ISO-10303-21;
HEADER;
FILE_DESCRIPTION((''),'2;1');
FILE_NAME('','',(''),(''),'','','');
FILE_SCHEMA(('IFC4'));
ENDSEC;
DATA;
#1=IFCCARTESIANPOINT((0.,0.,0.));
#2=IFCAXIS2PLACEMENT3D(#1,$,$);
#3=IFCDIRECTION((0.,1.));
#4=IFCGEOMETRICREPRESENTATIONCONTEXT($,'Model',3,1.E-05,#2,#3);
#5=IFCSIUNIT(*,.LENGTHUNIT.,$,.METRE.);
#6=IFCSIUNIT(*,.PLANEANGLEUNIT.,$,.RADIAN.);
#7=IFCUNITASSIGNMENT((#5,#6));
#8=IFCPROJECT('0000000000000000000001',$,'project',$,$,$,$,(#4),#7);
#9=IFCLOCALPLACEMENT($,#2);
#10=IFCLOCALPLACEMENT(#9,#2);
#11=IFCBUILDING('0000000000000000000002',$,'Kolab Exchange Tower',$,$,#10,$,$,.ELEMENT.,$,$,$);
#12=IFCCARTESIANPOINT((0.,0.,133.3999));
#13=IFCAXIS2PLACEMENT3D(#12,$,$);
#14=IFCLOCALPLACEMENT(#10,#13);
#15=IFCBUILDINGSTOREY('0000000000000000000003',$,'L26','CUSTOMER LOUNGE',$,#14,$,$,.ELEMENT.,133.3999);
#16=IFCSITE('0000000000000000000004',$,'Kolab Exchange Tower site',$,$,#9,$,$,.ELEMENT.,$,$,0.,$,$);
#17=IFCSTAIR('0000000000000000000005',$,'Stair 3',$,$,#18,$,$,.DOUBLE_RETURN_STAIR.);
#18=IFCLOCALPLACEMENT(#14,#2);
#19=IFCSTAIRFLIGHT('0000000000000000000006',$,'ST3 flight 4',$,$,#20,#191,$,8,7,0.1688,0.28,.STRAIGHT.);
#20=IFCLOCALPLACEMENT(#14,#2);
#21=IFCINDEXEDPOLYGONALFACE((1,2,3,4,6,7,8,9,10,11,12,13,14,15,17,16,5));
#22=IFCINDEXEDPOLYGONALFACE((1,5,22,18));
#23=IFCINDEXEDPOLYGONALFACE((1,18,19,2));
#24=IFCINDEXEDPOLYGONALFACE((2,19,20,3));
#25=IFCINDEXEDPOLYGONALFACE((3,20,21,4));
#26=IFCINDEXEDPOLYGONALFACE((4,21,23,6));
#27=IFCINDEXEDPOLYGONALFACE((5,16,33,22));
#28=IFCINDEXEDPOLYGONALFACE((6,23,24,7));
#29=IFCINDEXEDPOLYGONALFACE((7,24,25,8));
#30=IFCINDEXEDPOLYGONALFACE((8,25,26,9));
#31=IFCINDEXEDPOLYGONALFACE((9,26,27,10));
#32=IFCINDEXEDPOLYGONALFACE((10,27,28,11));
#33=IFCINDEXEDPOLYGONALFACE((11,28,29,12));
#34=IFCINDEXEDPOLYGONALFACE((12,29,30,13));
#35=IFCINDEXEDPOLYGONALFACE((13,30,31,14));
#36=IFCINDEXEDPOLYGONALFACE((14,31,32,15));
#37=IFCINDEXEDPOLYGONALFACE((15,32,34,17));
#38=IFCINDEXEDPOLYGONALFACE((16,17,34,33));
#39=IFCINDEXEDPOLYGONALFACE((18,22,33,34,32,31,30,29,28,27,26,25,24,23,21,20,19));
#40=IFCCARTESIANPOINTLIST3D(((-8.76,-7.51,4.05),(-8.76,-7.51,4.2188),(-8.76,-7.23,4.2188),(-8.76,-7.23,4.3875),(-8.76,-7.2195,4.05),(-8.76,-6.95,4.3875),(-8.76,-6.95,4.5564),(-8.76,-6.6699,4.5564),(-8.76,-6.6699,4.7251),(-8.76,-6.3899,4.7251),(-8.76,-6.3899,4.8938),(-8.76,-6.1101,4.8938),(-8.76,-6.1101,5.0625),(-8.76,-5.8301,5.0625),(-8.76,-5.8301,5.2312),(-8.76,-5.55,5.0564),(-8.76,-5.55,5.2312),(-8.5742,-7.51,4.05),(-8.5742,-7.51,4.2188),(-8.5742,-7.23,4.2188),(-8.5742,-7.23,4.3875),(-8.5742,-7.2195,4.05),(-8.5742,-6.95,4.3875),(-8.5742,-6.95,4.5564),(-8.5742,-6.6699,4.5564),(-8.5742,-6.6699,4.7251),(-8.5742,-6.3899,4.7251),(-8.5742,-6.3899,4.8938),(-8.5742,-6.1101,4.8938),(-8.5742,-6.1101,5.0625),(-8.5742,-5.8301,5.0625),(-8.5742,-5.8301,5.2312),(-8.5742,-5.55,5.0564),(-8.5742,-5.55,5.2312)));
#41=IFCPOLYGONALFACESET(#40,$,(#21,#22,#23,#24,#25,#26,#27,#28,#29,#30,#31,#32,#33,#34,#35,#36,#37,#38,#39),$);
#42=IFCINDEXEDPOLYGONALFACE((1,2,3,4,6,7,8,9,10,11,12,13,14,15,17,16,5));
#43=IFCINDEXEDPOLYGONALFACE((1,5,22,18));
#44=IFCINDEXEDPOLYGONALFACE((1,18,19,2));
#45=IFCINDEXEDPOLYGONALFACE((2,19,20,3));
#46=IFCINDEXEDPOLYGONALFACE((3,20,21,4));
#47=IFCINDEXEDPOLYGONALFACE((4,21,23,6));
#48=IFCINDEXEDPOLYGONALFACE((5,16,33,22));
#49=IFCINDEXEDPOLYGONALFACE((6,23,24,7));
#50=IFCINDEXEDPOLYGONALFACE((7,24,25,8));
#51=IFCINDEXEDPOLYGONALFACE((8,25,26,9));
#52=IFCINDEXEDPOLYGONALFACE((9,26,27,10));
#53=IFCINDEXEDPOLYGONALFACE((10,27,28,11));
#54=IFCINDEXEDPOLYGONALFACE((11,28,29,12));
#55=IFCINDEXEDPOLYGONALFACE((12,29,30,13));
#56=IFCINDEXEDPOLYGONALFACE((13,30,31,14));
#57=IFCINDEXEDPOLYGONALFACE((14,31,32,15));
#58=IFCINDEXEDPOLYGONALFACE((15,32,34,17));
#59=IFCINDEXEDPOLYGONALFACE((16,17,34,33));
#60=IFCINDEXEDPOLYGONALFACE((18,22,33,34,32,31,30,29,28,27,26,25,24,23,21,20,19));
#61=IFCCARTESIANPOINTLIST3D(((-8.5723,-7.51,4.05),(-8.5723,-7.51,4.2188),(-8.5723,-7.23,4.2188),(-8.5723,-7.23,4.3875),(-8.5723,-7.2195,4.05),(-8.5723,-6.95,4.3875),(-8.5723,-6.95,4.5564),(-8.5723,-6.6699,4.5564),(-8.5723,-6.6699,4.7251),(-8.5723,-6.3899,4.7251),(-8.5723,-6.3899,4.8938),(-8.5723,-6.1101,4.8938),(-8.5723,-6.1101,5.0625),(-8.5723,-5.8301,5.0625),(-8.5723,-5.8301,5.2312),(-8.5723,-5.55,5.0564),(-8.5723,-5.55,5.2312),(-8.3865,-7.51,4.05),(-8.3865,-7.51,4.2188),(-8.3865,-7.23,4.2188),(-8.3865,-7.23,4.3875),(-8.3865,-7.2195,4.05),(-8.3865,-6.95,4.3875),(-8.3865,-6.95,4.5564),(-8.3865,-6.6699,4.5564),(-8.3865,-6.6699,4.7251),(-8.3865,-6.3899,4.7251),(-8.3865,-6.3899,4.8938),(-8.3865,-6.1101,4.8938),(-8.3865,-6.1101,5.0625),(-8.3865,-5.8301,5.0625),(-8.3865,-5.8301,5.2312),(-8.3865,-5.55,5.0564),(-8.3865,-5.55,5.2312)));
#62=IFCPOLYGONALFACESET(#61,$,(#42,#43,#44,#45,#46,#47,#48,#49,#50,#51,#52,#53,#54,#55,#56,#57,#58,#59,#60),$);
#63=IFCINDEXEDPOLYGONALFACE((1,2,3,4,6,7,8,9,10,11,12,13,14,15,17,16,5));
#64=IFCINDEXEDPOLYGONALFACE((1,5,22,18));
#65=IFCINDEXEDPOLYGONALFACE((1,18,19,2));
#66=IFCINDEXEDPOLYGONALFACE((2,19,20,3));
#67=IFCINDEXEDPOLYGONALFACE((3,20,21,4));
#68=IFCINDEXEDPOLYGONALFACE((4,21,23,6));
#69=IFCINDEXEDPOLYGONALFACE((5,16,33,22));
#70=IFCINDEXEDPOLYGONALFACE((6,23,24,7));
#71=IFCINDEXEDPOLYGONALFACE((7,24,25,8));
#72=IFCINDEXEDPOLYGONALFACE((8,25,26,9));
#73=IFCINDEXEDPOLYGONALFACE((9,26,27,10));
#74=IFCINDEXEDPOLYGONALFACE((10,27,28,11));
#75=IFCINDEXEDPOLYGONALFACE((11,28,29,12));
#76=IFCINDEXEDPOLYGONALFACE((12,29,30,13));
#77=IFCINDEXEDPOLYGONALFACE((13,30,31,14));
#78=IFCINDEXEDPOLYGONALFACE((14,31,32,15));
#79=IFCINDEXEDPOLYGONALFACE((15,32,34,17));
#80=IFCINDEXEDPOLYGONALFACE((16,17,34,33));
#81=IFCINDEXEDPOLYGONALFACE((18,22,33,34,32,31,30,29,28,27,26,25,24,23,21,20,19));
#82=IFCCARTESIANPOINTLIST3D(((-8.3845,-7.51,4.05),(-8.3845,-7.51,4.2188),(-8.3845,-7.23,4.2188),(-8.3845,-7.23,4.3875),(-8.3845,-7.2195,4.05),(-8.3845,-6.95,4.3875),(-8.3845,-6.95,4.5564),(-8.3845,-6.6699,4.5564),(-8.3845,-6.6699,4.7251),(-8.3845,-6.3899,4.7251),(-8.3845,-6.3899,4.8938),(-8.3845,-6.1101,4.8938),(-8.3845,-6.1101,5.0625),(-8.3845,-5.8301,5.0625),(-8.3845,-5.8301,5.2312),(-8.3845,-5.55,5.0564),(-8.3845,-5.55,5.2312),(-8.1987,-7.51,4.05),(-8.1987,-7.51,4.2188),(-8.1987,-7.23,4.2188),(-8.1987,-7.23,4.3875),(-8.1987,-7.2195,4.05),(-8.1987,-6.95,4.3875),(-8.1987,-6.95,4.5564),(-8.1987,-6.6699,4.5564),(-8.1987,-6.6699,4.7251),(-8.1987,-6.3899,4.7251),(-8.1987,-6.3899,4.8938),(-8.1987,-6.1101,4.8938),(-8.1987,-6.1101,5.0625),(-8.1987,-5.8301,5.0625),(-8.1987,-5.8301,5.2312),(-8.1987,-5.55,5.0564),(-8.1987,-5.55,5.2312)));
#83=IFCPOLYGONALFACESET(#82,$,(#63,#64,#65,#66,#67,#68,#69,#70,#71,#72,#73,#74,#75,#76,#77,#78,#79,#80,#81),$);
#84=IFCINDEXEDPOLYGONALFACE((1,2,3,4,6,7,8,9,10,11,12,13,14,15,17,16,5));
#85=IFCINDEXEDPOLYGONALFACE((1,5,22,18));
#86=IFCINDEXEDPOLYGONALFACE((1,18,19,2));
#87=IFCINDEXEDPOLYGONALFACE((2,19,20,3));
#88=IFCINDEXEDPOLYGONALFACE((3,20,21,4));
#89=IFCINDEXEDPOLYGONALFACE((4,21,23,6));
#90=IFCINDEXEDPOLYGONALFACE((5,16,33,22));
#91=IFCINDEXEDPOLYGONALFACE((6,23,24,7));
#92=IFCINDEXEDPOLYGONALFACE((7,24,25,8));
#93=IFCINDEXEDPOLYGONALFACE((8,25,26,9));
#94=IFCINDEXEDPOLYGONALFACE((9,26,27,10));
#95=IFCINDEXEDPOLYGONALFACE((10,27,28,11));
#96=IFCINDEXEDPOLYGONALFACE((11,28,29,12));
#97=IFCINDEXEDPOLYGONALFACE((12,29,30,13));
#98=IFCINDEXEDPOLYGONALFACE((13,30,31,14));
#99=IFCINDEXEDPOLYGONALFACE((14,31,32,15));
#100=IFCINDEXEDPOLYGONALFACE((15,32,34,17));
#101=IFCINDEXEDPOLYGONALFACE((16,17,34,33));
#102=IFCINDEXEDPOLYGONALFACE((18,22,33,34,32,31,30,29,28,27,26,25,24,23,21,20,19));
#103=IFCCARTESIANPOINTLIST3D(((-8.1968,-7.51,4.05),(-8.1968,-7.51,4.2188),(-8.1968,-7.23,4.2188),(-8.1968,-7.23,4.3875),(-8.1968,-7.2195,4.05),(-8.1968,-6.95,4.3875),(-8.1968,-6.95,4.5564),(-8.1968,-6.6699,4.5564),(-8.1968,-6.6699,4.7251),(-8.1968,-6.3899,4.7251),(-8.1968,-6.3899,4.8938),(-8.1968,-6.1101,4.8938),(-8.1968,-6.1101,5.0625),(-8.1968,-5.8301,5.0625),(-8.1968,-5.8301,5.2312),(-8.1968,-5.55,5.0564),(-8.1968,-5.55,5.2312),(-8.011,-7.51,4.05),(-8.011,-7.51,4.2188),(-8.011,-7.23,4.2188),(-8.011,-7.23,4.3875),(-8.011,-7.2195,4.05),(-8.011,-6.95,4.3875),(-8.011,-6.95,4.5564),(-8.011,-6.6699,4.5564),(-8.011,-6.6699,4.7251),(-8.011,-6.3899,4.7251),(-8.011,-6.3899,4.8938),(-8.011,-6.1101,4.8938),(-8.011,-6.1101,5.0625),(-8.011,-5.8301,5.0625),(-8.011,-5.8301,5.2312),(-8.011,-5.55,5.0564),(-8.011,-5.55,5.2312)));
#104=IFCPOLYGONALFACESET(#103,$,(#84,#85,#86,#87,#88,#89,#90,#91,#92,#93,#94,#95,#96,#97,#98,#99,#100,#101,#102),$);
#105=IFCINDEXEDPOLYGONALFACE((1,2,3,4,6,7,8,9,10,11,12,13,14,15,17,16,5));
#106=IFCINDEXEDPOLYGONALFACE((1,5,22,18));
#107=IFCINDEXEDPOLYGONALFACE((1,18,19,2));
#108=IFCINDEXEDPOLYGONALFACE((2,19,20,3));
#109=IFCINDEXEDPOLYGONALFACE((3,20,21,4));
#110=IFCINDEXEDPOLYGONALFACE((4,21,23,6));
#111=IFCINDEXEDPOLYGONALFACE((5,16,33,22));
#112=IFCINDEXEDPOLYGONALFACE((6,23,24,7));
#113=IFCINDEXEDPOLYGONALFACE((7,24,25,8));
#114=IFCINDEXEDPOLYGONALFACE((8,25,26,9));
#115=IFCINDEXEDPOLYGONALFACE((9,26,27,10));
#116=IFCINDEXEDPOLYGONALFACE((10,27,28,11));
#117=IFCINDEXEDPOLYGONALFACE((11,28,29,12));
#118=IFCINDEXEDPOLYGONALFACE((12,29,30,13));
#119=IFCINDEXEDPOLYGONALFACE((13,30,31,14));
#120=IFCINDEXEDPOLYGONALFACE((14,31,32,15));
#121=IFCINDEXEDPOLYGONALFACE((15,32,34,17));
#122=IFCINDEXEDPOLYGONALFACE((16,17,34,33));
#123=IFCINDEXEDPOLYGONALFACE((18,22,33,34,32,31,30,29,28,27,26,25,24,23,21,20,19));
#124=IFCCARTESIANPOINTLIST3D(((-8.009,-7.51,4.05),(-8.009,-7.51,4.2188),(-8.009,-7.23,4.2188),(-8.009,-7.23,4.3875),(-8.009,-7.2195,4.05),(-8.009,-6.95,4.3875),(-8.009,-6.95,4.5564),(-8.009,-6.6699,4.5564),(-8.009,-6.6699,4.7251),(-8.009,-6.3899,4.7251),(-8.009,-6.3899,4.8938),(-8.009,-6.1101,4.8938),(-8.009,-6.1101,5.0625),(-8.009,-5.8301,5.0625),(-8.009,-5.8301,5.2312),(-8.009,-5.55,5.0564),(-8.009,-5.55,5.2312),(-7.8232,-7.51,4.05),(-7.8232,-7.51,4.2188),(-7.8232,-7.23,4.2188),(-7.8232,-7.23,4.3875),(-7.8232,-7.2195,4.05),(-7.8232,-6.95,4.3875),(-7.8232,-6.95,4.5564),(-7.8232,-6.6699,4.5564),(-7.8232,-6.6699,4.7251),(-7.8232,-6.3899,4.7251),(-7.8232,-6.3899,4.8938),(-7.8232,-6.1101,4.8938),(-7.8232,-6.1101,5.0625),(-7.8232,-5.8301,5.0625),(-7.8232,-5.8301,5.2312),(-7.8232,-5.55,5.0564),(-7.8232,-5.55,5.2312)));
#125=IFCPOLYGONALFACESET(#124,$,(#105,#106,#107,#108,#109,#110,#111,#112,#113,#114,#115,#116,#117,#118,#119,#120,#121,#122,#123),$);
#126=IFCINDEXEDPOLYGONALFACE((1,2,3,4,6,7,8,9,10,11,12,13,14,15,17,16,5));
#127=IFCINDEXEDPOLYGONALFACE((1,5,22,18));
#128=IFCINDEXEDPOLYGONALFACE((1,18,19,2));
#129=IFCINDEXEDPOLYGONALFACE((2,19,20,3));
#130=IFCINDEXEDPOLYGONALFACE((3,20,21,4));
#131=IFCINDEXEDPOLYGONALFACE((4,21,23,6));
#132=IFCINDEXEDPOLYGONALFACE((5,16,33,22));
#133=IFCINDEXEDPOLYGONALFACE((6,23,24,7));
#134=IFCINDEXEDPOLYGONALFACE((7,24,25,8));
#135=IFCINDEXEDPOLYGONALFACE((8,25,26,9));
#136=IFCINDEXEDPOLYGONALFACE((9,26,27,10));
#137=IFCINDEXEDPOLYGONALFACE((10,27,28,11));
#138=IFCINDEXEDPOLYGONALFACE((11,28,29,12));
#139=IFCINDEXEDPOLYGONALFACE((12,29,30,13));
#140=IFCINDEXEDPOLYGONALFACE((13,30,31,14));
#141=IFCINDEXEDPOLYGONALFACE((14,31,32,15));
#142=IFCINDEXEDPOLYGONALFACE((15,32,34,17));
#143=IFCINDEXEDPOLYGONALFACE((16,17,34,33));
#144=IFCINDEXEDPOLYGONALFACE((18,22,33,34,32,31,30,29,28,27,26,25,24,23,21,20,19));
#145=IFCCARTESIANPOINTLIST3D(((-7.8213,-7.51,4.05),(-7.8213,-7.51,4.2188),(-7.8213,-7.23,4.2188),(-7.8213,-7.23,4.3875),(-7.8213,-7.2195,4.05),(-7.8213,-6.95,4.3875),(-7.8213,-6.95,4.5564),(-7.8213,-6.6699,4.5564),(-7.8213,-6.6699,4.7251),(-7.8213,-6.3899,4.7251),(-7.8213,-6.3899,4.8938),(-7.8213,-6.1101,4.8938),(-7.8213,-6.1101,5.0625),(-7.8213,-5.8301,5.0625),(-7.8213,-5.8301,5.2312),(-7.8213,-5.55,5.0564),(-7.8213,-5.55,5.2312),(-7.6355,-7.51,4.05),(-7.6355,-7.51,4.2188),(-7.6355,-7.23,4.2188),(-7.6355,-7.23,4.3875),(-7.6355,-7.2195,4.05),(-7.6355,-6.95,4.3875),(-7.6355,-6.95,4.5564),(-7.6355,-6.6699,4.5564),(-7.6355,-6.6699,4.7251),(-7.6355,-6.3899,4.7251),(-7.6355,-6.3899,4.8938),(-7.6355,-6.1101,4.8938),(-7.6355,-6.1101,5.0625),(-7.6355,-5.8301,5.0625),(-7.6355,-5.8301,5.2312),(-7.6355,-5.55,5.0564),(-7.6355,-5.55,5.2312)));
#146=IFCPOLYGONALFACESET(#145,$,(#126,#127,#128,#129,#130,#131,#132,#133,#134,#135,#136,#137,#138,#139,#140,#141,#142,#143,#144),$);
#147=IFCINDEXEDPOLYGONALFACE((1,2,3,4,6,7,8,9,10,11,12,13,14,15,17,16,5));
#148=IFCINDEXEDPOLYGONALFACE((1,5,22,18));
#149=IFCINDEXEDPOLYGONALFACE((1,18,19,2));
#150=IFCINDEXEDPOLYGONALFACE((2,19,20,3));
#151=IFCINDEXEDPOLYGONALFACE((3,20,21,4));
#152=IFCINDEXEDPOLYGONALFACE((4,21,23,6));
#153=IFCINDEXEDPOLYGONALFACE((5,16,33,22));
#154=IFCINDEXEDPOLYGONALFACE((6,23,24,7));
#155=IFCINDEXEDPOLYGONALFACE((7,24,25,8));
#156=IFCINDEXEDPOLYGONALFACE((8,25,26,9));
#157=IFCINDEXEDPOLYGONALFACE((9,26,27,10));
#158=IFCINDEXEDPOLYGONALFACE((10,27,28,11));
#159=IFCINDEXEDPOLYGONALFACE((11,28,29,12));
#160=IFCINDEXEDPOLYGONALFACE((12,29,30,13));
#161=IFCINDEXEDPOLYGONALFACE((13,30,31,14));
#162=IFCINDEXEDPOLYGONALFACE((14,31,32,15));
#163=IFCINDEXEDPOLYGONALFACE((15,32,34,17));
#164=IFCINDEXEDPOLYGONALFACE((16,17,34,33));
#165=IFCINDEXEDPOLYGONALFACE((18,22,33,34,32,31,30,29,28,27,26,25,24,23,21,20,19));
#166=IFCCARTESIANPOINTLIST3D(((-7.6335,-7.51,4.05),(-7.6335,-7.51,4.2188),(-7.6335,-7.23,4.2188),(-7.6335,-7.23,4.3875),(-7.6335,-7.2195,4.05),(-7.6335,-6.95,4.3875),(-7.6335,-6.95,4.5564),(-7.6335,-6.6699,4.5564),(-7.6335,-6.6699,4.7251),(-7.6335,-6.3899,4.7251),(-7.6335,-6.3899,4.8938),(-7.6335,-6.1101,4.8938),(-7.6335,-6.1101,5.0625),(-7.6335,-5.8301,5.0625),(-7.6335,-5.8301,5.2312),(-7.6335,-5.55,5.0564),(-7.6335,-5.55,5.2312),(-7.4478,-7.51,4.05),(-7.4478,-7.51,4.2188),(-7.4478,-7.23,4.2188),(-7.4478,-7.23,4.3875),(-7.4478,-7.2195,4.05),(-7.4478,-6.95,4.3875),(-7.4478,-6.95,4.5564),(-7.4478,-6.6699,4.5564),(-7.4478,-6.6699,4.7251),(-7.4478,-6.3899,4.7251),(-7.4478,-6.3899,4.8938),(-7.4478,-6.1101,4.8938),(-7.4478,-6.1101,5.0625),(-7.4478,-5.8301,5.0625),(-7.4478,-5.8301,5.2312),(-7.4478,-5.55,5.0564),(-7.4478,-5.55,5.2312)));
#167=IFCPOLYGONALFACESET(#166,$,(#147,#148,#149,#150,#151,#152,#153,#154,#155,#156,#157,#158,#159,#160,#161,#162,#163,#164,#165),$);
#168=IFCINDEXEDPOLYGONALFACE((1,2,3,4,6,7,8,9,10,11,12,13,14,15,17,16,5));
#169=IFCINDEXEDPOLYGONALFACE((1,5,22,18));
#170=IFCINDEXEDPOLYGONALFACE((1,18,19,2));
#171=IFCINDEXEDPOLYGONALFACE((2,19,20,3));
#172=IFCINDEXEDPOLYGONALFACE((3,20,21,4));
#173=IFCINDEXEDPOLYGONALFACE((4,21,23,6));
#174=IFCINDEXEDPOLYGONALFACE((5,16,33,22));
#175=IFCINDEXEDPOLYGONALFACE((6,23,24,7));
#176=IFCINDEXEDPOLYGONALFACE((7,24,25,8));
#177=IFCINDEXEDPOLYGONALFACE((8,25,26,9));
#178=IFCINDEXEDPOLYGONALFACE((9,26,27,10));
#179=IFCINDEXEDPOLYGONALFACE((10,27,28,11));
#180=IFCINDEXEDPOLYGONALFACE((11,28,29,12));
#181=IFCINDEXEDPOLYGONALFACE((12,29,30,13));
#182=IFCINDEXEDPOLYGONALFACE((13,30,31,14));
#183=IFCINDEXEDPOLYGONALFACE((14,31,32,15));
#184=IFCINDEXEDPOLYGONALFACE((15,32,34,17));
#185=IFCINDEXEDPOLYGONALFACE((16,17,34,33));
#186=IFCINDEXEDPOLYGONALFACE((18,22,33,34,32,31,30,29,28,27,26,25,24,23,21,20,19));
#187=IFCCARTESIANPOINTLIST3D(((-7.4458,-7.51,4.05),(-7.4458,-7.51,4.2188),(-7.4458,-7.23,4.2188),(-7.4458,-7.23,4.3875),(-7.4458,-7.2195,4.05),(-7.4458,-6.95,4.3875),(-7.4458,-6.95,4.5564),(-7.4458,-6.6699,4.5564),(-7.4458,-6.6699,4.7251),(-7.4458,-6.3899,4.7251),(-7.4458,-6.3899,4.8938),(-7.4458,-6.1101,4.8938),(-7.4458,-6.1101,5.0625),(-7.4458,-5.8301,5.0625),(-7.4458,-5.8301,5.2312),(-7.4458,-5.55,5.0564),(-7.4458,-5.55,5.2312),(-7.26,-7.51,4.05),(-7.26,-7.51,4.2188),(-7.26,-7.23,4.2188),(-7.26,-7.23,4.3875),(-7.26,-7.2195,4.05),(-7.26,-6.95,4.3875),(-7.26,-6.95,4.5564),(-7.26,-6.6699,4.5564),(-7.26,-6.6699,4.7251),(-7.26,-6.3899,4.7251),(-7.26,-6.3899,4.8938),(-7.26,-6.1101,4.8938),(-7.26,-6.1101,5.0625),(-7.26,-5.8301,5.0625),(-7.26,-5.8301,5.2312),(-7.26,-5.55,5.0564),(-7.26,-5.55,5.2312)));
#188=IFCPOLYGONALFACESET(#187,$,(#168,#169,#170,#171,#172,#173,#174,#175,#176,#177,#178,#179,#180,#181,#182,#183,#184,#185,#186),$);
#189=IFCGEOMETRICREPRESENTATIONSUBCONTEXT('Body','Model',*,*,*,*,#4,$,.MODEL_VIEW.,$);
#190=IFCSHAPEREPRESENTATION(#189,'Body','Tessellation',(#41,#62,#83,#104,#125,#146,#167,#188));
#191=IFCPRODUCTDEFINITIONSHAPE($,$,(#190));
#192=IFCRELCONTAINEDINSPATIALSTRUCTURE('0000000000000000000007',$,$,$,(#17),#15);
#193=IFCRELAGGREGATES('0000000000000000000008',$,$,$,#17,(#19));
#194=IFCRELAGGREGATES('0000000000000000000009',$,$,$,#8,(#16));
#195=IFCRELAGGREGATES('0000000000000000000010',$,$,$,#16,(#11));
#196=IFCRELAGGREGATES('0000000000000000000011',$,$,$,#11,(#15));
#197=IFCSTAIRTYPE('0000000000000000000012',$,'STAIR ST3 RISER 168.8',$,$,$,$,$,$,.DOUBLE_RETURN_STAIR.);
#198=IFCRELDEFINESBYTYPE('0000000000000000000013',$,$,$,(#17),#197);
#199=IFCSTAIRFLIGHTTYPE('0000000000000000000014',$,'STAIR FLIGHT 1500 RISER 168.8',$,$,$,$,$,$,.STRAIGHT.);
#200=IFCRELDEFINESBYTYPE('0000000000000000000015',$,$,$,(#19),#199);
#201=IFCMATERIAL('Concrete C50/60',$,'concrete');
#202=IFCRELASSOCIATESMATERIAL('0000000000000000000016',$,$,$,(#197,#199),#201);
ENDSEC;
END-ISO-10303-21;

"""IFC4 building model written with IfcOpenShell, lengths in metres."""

from ifc_helpers import new_model, si_unit, direction, frame, origin, place, context, subcontext, project, spatial, polyline, outline, extrude, material, type_object, element, aggregate, save


model = new_model("IFC4")

# Units and contexts
model_context = context("Model", 3, precision=1e-05, world=origin(), true_north=direction((0.0, 1.0)))
body_context = subcontext(model_context, "Body", "Model", "MODEL_VIEW")
ifc_project = project(units=[si_unit("LENGTHUNIT", "METRE"), si_unit("PLANEANGLEUNIT", "RADIAN")], contexts=[model_context])

# Site, building, storey
site_placement = place(None, origin())
site = spatial("IfcSite", under=ifc_project, at=site_placement, Name="Kolab Exchange Tower site", CompositionType="ELEMENT", RefElevation=0.0)
building_placement = place(site_placement, origin())
building = spatial("IfcBuilding", under=site, at=building_placement, Name="Kolab Exchange Tower", CompositionType="ELEMENT")
storey_placement = place(building_placement, frame((0.0, 0.0, 133.3999)))
storey = spatial("IfcBuildingStorey", under=building, at=storey_placement, Name="L26", Description="CUSTOMER LOUNGE", CompositionType="ELEMENT", Elevation=133.3999)

# Shared definitions
ifc_material_1 = material(Name="Concrete C50/60", Category="concrete")

# Stair, stair flight
stair_type = type_object("IfcStairType", Name="STAIR ST3 RISER 168.8", PredefinedType="DOUBLE_RETURN_STAIR", material=ifc_material_1)
stair_placement = place(storey_placement, origin())
stair = element("IfcStair", 1, at=stair_placement, inside=storey, type_object=stair_type, Name="Stair 3", PredefinedType="DOUBLE_RETURN_STAIR")
stair_flight_type = type_object("IfcStairFlightType", Name="STAIR FLIGHT 1500 RISER 168.8", PredefinedType="STRAIGHT", material=ifc_material_1)
stair_flight_1_placement = place(storey_placement, frame((-8.01, -7.51, 4.05), z_axis=(0.0, 0.0, 1.0), x_axis=(0.0, 1.0, 0.0)))
stair_flight_1 = element("IfcStairFlight", 2, at=stair_flight_1_placement, type_object=stair_flight_type, Name="ST3 flight 4", NumberOfRisers=8, NumberOfTreads=7, PredefinedType="STRAIGHT", RiserHeight=0.1688, TreadLength=0.28, context=body_context, shape_type="SweptSolid", body=[
    extrude(outline(polyline([(0.0, 0.0), (0.0, 0.1687), (0.28, 0.1687), (0.28, 0.3374), (0.5601, 0.3374), (0.5601, 0.5063), (0.8401, 0.5063), (0.8401, 0.675), (1.1201, 0.675), (1.1201, 0.8438), (1.3999, 0.8438), (1.3999, 1.0125), (1.6799, 1.0125), (1.6799, 1.1812), (1.96, 1.1812), (1.96, 1.3501), (1.96, 1.0063), (0.2905, 0.0), (0.0, 0.0)])), frame((0.0, 0.75, 0.0), z_axis=(0.0, -1.0, 0.0), x_axis=(1.0, 0.0, 0.0)), (0.0, 0.0, 1.0), 0.1858),
    extrude(outline(polyline([(0.0, 0.0), (0.0, 0.1687), (0.28, 0.1687), (0.28, 0.3374), (0.5601, 0.3374), (0.5601, 0.5063), (0.8401, 0.5063), (0.8401, 0.675), (1.1201, 0.675), (1.1201, 0.8438), (1.3999, 0.8438), (1.3999, 1.0125), (1.6799, 1.0125), (1.6799, 1.1812), (1.96, 1.1812), (1.96, 1.3501), (1.96, 1.0063), (0.2905, 0.0), (0.0, 0.0)])), frame((0.0, 0.5623, 0.0), z_axis=(0.0, -1.0, 0.0), x_axis=(1.0, 0.0, 0.0)), (0.0, 0.0, 1.0), 0.1858),
    extrude(outline(polyline([(0.0, 0.0), (0.0, 0.1687), (0.28, 0.1687), (0.28, 0.3374), (0.5601, 0.3374), (0.5601, 0.5063), (0.8401, 0.5063), (0.8401, 0.675), (1.1201, 0.675), (1.1201, 0.8438), (1.3999, 0.8438), (1.3999, 1.0125), (1.6799, 1.0125), (1.6799, 1.1812), (1.96, 1.1812), (1.96, 1.3501), (1.96, 1.0063), (0.2905, 0.0), (0.0, 0.0)])), frame((0.0, 0.3745, 0.0), z_axis=(0.0, -1.0, 0.0), x_axis=(1.0, 0.0, 0.0)), (0.0, 0.0, 1.0), 0.1858),
    extrude(outline(polyline([(0.0, 0.0), (0.0, 0.1687), (0.28, 0.1687), (0.28, 0.3374), (0.5601, 0.3374), (0.5601, 0.5063), (0.8401, 0.5063), (0.8401, 0.675), (1.1201, 0.675), (1.1201, 0.8438), (1.3999, 0.8438), (1.3999, 1.0125), (1.6799, 1.0125), (1.6799, 1.1812), (1.96, 1.1812), (1.96, 1.3501), (1.96, 1.0063), (0.2905, 0.0), (0.0, 0.0)])), frame((0.0, 0.1868, 0.0), z_axis=(0.0, -1.0, 0.0), x_axis=(1.0, 0.0, 0.0)), (0.0, 0.0, 1.0), 0.1858),
    extrude(outline(polyline([(0.0, 0.0), (0.0, 0.1687), (0.28, 0.1687), (0.28, 0.3374), (0.5601, 0.3374), (0.5601, 0.5063), (0.8401, 0.5063), (0.8401, 0.675), (1.1201, 0.675), (1.1201, 0.8438), (1.3999, 0.8438), (1.3999, 1.0125), (1.6799, 1.0125), (1.6799, 1.1812), (1.96, 1.1812), (1.96, 1.3501), (1.96, 1.0063), (0.2905, 0.0), (0.0, 0.0)])), frame((0.0, -0.001, 0.0), z_axis=(0.0, -1.0, 0.0), x_axis=(1.0, 0.0, 0.0)), (0.0, 0.0, 1.0), 0.1858),
    extrude(outline(polyline([(0.0, 0.0), (0.0, 0.1687), (0.28, 0.1687), (0.28, 0.3374), (0.5601, 0.3374), (0.5601, 0.5063), (0.8401, 0.5063), (0.8401, 0.675), (1.1201, 0.675), (1.1201, 0.8438), (1.3999, 0.8438), (1.3999, 1.0125), (1.6799, 1.0125), (1.6799, 1.1812), (1.96, 1.1812), (1.96, 1.3501), (1.96, 1.0063), (0.2905, 0.0), (0.0, 0.0)])), frame((0.0, -0.1887, 0.0), z_axis=(0.0, -1.0, 0.0), x_axis=(1.0, 0.0, 0.0)), (0.0, 0.0, 1.0), 0.1858),
    extrude(outline(polyline([(0.0, 0.0), (0.0, 0.1687), (0.28, 0.1687), (0.28, 0.3374), (0.5601, 0.3374), (0.5601, 0.5063), (0.8401, 0.5063), (0.8401, 0.675), (1.1201, 0.675), (1.1201, 0.8438), (1.3999, 0.8438), (1.3999, 1.0125), (1.6799, 1.0125), (1.6799, 1.1812), (1.96, 1.1812), (1.96, 1.3501), (1.96, 1.0063), (0.2905, 0.0), (0.0, 0.0)])), frame((0.0, -0.3765, 0.0), z_axis=(0.0, -1.0, 0.0), x_axis=(1.0, 0.0, 0.0)), (0.0, 0.0, 1.0), 0.1858),
    extrude(outline(polyline([(0.0, 0.0), (0.0, 0.1687), (0.28, 0.1687), (0.28, 0.3374), (0.5601, 0.3374), (0.5601, 0.5063), (0.8401, 0.5063), (0.8401, 0.675), (1.1201, 0.675), (1.1201, 0.8438), (1.3999, 0.8438), (1.3999, 1.0125), (1.6799, 1.0125), (1.6799, 1.1812), (1.96, 1.1812), (1.96, 1.3501), (1.96, 1.0063), (0.2905, 0.0), (0.0, 0.0)])), frame((0.0, -0.5642, 0.0), z_axis=(0.0, -1.0, 0.0), x_axis=(1.0, 0.0, 0.0)), (0.0, 0.0, 1.0), 0.1858),
])
aggregate(stair, [stair_flight_1])

save(model, "model.ifc")
